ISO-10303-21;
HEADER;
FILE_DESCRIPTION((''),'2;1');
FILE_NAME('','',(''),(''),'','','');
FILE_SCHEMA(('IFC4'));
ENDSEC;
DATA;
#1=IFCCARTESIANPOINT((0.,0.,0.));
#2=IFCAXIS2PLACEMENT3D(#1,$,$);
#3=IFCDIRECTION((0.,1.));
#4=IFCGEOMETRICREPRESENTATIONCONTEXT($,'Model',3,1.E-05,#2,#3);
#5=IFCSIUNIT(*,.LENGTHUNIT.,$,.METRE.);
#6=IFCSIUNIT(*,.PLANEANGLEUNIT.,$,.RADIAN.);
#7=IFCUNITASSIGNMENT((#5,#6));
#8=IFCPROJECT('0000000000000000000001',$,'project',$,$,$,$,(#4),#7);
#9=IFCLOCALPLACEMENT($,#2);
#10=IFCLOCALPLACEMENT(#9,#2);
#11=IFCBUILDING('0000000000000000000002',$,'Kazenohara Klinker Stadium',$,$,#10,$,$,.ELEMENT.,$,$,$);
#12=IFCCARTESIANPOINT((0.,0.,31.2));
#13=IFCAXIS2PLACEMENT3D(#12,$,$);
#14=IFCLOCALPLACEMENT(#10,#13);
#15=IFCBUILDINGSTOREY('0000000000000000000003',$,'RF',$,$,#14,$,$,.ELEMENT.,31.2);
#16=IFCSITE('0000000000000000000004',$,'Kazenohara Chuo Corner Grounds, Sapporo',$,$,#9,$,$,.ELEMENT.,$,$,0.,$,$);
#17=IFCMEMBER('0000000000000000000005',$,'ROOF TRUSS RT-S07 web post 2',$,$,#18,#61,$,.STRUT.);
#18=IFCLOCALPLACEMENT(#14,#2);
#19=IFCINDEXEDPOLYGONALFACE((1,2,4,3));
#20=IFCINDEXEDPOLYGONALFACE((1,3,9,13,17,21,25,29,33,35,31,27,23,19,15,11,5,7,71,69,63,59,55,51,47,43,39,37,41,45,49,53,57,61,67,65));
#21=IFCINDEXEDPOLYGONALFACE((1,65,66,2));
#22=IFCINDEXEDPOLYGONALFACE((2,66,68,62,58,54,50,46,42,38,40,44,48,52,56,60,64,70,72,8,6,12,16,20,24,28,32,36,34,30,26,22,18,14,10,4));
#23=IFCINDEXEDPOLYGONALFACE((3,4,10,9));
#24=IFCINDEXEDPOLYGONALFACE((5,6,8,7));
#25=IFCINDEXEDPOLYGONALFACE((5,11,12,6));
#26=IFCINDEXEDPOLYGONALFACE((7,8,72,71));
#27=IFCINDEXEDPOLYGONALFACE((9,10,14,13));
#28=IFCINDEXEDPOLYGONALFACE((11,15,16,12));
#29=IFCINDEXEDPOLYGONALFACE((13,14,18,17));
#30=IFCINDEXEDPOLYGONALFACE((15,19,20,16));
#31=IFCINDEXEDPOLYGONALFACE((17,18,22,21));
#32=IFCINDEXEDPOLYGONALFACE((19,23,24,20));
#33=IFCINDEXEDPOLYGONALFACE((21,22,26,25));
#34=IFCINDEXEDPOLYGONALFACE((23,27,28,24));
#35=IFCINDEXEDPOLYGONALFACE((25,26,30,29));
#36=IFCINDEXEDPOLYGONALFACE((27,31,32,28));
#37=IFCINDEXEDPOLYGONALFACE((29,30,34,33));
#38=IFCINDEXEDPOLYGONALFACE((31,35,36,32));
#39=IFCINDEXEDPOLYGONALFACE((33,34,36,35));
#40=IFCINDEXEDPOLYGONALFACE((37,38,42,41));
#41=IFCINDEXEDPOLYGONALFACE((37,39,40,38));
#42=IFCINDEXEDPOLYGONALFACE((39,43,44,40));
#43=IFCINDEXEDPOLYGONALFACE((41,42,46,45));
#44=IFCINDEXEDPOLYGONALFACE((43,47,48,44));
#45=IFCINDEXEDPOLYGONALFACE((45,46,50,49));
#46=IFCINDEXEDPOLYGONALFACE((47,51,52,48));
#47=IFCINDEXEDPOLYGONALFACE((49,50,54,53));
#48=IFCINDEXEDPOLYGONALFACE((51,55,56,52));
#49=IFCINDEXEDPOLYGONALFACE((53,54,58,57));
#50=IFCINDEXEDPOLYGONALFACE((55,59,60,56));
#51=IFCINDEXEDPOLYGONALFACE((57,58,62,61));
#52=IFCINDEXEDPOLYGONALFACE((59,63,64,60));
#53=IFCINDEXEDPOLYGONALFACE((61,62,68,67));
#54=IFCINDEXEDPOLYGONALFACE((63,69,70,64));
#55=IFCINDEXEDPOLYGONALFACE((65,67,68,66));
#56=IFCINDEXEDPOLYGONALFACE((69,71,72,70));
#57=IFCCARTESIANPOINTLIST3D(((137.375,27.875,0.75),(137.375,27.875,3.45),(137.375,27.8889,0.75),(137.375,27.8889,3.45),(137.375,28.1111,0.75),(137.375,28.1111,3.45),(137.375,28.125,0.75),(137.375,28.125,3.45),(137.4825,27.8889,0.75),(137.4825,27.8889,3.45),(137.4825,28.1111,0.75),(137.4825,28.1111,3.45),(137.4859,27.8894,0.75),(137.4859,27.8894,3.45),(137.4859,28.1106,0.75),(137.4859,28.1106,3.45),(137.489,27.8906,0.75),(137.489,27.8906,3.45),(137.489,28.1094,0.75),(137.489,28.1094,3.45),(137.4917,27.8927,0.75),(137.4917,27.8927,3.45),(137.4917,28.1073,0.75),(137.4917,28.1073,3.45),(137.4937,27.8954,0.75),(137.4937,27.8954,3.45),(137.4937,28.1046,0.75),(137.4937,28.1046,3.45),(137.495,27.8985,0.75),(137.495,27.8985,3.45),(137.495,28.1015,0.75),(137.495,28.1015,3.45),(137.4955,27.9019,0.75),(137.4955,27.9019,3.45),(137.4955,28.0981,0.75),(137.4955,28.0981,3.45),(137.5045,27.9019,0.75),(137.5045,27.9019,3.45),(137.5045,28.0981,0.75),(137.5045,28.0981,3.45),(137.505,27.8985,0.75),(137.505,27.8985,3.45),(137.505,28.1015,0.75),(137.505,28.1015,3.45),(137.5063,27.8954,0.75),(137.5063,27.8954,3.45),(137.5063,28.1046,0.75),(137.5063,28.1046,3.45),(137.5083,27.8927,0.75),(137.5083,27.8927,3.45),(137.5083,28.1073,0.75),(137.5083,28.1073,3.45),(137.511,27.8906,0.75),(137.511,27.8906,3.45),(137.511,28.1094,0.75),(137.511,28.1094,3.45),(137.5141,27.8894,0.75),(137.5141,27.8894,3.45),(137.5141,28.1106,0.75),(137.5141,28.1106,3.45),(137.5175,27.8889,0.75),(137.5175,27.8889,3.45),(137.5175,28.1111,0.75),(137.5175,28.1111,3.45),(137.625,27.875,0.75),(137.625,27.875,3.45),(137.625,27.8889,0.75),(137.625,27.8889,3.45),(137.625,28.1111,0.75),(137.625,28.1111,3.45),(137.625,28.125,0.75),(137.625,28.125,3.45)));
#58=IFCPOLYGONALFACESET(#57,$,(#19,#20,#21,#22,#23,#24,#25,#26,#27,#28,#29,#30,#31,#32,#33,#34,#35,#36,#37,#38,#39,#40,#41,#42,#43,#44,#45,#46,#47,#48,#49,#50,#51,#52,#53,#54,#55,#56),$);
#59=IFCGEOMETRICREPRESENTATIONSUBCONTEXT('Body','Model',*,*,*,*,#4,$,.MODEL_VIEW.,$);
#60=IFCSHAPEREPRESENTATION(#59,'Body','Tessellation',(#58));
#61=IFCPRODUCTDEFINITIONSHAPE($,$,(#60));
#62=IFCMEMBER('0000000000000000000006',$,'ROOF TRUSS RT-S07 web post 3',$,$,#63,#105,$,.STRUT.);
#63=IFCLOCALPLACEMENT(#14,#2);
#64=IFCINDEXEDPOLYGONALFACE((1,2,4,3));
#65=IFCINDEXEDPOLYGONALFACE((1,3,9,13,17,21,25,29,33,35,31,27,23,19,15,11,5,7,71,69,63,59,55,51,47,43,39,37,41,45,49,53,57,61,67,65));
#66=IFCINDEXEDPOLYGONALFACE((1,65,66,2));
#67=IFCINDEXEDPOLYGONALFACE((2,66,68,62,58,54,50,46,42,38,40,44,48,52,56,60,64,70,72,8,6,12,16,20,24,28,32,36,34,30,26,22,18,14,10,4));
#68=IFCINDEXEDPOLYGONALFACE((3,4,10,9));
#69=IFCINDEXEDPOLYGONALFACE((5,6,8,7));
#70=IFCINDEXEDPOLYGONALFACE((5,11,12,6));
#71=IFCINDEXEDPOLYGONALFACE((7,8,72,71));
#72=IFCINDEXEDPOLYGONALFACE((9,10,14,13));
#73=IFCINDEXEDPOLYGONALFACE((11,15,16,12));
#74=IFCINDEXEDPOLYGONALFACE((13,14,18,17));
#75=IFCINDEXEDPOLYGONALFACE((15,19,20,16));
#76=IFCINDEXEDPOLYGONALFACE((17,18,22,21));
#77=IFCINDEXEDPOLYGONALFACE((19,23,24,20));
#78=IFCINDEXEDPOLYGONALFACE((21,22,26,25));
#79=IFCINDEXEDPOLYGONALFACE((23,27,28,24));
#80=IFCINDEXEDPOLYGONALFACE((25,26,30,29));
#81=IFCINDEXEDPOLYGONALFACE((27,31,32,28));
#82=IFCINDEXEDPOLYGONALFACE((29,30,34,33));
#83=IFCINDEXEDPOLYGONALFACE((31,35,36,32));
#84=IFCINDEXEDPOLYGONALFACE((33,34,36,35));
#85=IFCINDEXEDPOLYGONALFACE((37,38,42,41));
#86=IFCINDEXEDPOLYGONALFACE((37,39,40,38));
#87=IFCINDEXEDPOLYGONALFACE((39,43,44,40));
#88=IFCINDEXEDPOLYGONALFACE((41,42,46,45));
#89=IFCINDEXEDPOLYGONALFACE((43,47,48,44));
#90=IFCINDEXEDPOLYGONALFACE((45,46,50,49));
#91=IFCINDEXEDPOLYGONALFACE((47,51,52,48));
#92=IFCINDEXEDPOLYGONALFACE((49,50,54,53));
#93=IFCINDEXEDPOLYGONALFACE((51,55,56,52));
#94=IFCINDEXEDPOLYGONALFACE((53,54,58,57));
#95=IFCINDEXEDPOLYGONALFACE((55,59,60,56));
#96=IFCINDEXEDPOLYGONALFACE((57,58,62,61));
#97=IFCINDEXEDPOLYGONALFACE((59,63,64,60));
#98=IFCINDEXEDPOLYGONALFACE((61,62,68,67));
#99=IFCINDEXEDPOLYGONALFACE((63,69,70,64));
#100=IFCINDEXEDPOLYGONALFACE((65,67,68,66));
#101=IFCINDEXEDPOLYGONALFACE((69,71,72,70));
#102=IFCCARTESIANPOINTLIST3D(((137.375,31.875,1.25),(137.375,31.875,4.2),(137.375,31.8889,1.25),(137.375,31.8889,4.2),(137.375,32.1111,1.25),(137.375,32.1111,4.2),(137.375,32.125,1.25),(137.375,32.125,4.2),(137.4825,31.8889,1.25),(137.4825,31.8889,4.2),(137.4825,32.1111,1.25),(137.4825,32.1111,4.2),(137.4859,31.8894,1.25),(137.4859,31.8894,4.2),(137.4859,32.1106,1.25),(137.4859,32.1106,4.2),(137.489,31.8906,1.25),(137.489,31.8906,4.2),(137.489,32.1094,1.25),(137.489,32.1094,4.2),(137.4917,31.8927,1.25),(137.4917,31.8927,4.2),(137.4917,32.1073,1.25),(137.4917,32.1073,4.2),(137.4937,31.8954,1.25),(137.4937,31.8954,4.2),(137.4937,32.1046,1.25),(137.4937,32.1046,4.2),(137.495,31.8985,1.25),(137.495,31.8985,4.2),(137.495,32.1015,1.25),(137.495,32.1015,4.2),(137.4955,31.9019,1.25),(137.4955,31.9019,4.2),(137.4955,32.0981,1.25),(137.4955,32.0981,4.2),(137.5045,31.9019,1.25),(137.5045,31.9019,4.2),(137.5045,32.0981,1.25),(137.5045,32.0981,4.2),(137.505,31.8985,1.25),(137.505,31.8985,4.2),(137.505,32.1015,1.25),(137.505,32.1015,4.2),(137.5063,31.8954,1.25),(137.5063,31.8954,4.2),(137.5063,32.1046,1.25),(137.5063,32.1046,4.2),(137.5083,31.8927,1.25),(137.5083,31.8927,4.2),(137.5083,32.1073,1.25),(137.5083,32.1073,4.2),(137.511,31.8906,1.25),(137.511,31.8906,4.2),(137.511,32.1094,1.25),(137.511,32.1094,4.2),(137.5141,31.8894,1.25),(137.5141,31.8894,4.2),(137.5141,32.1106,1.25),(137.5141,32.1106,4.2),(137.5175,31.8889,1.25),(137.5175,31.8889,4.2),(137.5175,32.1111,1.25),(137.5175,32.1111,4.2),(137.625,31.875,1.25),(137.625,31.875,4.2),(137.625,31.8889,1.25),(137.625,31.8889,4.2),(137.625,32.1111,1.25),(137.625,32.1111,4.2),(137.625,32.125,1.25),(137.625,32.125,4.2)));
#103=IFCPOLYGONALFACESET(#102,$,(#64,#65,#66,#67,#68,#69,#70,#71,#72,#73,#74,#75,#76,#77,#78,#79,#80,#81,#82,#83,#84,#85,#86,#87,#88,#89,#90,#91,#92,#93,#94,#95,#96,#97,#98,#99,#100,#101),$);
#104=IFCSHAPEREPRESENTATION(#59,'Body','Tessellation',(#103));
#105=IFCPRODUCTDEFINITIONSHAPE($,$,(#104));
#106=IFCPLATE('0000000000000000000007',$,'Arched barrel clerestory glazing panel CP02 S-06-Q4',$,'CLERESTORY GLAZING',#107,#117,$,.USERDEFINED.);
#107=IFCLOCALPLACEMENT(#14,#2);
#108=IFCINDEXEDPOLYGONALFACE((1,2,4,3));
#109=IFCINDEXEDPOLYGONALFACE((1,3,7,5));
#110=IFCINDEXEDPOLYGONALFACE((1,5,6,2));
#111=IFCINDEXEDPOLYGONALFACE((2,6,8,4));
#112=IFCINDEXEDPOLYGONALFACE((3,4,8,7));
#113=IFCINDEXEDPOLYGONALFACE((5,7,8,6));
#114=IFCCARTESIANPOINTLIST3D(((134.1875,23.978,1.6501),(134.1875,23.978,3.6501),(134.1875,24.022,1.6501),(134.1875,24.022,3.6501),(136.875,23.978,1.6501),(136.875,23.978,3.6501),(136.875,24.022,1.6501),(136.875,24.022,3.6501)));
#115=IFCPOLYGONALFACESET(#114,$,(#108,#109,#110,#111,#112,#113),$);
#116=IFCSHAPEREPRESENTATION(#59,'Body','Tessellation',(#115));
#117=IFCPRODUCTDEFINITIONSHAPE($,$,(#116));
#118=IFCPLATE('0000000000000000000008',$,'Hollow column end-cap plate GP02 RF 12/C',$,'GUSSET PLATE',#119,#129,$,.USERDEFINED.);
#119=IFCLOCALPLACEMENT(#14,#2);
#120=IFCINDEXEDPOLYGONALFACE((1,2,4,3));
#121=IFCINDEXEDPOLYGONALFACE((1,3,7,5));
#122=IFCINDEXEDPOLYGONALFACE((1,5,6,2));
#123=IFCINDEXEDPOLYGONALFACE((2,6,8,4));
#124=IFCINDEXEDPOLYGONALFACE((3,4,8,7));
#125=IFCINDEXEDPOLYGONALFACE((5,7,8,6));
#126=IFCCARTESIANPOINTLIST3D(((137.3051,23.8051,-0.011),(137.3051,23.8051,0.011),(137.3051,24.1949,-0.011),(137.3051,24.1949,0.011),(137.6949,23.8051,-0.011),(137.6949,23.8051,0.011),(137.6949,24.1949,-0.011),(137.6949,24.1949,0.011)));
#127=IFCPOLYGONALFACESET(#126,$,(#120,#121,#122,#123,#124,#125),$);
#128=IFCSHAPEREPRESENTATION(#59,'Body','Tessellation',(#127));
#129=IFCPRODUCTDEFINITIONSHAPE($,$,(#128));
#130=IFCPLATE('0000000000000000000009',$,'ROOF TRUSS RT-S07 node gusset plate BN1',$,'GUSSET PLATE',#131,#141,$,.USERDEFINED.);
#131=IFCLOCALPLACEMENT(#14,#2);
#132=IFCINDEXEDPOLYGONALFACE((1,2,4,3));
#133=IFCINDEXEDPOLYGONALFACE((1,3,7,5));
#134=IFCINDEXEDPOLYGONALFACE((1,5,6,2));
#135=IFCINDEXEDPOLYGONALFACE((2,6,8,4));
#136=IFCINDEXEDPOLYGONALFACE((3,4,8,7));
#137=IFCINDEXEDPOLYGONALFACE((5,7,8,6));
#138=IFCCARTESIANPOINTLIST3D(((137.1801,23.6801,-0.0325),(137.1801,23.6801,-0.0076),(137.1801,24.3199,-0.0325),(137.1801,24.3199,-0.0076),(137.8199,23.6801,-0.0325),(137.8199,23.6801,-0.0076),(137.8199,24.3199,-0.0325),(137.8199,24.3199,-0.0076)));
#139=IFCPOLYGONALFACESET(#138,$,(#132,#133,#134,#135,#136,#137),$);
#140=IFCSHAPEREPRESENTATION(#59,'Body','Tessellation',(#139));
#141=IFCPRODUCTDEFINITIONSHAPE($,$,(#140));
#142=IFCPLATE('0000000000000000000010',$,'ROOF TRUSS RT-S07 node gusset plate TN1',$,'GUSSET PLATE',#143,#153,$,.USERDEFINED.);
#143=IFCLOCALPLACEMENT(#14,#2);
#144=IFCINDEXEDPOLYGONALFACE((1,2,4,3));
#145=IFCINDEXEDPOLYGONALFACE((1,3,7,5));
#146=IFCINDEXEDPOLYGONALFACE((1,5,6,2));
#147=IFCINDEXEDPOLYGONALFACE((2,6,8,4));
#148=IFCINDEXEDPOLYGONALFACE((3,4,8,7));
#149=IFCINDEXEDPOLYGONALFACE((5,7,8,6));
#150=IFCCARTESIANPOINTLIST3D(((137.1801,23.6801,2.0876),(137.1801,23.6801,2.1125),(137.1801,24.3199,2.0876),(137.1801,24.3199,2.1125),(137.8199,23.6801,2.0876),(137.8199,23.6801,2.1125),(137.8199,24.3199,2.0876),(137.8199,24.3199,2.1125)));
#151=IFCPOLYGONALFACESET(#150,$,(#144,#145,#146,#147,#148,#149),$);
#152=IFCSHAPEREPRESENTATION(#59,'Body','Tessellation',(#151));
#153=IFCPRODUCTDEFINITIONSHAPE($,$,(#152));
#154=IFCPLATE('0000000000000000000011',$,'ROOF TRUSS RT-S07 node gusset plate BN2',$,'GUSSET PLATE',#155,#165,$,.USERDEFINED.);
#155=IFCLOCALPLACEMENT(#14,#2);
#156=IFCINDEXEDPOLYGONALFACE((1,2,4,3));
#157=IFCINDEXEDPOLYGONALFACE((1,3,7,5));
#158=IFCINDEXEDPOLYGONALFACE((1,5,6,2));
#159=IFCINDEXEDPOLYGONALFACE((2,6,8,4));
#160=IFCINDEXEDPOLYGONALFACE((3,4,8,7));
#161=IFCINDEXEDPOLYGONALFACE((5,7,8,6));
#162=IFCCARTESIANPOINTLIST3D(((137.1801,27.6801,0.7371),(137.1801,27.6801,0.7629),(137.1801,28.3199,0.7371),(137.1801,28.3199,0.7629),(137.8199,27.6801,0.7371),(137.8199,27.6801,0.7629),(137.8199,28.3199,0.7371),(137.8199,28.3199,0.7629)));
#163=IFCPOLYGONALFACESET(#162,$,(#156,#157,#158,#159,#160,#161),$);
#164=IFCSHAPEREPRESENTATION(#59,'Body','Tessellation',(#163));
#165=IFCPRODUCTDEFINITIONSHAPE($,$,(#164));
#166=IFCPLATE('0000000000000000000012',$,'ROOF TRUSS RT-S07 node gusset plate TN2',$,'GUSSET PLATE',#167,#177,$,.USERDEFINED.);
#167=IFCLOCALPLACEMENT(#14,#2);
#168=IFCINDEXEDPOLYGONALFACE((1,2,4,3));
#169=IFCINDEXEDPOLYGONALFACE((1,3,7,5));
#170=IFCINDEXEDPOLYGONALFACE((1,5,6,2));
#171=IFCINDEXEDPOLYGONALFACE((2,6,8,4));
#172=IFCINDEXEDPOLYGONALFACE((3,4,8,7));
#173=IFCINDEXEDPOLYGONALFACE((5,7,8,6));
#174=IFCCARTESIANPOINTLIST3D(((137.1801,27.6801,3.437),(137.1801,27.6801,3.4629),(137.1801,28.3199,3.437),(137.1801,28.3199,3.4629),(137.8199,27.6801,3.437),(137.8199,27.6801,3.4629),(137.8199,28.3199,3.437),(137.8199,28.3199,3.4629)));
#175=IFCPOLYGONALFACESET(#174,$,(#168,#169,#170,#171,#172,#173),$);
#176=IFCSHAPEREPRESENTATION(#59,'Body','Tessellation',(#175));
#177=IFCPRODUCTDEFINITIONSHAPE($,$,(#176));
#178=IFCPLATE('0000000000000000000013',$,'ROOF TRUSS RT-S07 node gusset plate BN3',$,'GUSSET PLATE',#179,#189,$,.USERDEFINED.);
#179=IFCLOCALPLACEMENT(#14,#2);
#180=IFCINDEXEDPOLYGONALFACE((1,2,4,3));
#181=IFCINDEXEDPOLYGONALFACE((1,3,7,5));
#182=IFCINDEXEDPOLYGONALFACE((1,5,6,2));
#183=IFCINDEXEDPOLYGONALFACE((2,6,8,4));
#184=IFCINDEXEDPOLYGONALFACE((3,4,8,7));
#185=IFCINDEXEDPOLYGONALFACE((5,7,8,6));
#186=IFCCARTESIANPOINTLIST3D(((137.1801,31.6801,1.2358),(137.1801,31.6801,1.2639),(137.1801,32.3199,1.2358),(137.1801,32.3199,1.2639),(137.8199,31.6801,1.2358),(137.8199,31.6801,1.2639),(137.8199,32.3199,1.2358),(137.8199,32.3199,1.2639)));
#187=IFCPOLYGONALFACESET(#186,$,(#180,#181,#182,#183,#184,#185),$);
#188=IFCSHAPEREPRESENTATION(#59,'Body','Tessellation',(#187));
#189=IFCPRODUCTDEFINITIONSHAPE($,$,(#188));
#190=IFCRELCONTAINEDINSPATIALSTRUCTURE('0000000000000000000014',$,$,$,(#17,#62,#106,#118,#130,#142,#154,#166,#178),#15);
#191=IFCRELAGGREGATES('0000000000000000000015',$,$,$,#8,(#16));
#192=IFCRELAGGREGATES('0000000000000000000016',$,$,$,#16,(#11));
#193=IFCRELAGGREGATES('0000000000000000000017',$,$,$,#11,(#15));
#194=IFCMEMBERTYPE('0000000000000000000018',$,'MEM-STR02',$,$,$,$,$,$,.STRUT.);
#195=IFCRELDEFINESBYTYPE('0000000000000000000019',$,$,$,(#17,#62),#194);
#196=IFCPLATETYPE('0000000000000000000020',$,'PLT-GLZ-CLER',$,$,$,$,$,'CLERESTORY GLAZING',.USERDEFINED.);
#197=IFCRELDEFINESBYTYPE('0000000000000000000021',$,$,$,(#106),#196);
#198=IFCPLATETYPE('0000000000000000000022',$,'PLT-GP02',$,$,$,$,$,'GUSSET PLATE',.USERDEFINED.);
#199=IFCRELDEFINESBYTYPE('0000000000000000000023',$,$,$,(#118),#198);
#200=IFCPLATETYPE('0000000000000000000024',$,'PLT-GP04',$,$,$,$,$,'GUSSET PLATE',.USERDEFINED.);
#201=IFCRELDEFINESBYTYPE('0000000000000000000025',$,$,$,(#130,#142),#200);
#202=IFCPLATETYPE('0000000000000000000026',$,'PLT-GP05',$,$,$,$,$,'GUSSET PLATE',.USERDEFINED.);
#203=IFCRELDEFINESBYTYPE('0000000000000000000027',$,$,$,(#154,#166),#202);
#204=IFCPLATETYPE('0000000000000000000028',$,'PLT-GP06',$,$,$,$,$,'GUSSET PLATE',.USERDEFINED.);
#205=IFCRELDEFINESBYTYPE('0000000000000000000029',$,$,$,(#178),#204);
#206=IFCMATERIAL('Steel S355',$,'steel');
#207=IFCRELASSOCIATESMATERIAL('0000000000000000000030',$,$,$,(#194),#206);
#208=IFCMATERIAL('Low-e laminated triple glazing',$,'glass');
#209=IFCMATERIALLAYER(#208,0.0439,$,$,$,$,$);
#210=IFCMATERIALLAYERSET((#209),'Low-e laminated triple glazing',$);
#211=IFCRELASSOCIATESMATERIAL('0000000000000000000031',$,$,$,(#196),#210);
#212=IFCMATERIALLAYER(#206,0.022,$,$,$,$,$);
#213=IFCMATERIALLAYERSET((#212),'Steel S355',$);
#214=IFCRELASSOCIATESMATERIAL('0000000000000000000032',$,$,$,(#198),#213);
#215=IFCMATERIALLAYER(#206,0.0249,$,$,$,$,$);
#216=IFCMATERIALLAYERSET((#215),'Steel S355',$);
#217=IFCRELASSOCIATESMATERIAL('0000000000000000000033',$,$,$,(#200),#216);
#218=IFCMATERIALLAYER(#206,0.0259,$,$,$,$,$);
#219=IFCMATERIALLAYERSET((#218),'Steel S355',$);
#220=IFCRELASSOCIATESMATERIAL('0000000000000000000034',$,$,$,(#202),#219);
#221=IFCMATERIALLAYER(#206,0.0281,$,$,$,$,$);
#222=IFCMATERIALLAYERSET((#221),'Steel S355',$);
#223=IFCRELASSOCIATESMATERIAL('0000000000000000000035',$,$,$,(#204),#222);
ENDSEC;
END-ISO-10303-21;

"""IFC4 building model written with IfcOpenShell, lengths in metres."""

from ifc_helpers import new_model, si_unit, direction, frame, origin, origin_2d, place, context, subcontext, project, spatial, rectangle, i_section, extrude, material, layer, layer_set, material_profile, profile_set, type_object, element, save


model = new_model("IFC4")

# Units and contexts
model_context = context("Model", 3, precision=1e-05, world=origin(), true_north=direction((0.0, 1.0)))
body_context = subcontext(model_context, "Body", "Model", "MODEL_VIEW")
ifc_project = project(units=[si_unit("LENGTHUNIT", "METRE"), si_unit("PLANEANGLEUNIT", "RADIAN")], contexts=[model_context])

# Site, building, storey
site_placement = place(None, origin())
site = spatial("IfcSite", under=ifc_project, at=site_placement, Name="Kazenohara Chuo Corner Grounds, Sapporo", CompositionType="ELEMENT", RefElevation=0.0)
building_placement = place(site_placement, origin())
building = spatial("IfcBuilding", under=site, at=building_placement, Name="Kazenohara Klinker Stadium", CompositionType="ELEMENT")
storey_placement = place(building_placement, frame((0.0, 0.0, 31.2)))
storey = spatial("IfcBuildingStorey", under=building, at=storey_placement, Name="RF", CompositionType="ELEMENT", Elevation=31.2)

# Members
ifc_material_1 = material(Name="Steel S355", Category="steel")
ifc_material_profile_1 = material_profile(ifc_material_1, i_section(OverallWidth=0.25, OverallDepth=0.25, WebThickness=0.009, FlangeThickness=0.0139, FilletRadius=0.0129, at=origin_2d()), Name="H-250x250x9x14")
ifc_profile_set_1 = profile_set([ifc_material_profile_1], Name="Steel S355")
member_type_1 = type_object("IfcMemberType", Name="MEM-STR02", PredefinedType="STRUT", material=ifc_profile_set_1)
member_1_placement = place(storey_placement, frame((137.5, 28.0, 0.75), z_axis=(0.0, 0.0, 1.0), x_axis=(1.0, 0.0, 0.0)))
element("IfcMember", 1, at=member_1_placement, inside=storey, type_object=member_type_1, Name="ROOF TRUSS RT-S07 web post 2", PredefinedType="STRUT", context=body_context, shape_type="SweptSolid", body=[
    extrude(i_section(OverallWidth=0.25, OverallDepth=0.25, WebThickness=0.009, FlangeThickness=0.0139, FilletRadius=0.0129, at=origin_2d()), origin(), (0.0, 0.0, 1.0), 2.7),
])
member_2_placement = place(storey_placement, frame((137.5, 32.0, 1.25), z_axis=(0.0, 0.0, 1.0), x_axis=(1.0, 0.0, 0.0)))
element("IfcMember", 2, at=member_2_placement, inside=storey, type_object=member_type_1, Name="ROOF TRUSS RT-S07 web post 3", PredefinedType="STRUT", context=body_context, shape_type="SweptSolid", body=[
    extrude(i_section(OverallWidth=0.25, OverallDepth=0.25, WebThickness=0.009, FlangeThickness=0.0139, FilletRadius=0.0129, at=origin_2d()), origin(), (0.0, 0.0, 1.0), 2.95),
])

# Plates
ifc_material_2 = material(Name="Low-e laminated triple glazing", Category="glass")
ifc_layer_1 = layer(ifc_material_2, 0.0439)
ifc_layer_set_1 = layer_set([ifc_layer_1], Name="Low-e laminated triple glazing")
plate_type_1 = type_object("IfcPlateType", Name="PLT-GLZ-CLER", ElementType="CLERESTORY GLAZING", PredefinedType="USERDEFINED", material=ifc_layer_set_1)
plate_1_placement = place(storey_placement, frame((135.5312, 24.0, 1.6501), z_axis=(0.0, 0.0, 1.0), x_axis=(1.0, 0.0, 0.0)))
element("IfcPlate", 3, at=plate_1_placement, inside=storey, type_object=plate_type_1, Name="Arched barrel clerestory glazing panel CP02 S-06-Q4", ObjectType="CLERESTORY GLAZING", PredefinedType="USERDEFINED", context=body_context, shape_type="SweptSolid", body=[
    extrude(rectangle(XDim=2.6875, YDim=0.0439, at=origin_2d()), origin(), (0.0, 0.0, 1.0), 2.0),
])
ifc_layer_2 = layer(ifc_material_1, 0.022)
ifc_layer_set_2 = layer_set([ifc_layer_2], Name="Steel S355")
plate_type_2 = type_object("IfcPlateType", Name="PLT-GP02", ElementType="GUSSET PLATE", PredefinedType="USERDEFINED", material=ifc_layer_set_2)
plate_2_placement = place(storey_placement, frame((137.5, 24.0, -0.011), z_axis=(0.0, 0.0, 1.0), x_axis=(1.0, 0.0, 0.0)))
element("IfcPlate", 4, at=plate_2_placement, inside=storey, type_object=plate_type_2, Name="Hollow column end-cap plate GP02 RF 12/C", ObjectType="GUSSET PLATE", PredefinedType="USERDEFINED", context=body_context, shape_type="SweptSolid", body=[
    extrude(rectangle(XDim=0.3899, YDim=0.3899, at=origin_2d()), origin(), (0.0, 0.0, 1.0), 0.022),
])
ifc_layer_3 = layer(ifc_material_1, 0.0249)
ifc_layer_set_3 = layer_set([ifc_layer_3], Name="Steel S355")
plate_type_3 = type_object("IfcPlateType", Name="PLT-GP04", ElementType="GUSSET PLATE", PredefinedType="USERDEFINED", material=ifc_layer_set_3)
for number, where, z_axis, x_axis, name in (
    (5, (137.5, 24.0, -0.0325), (0.0, 0.0, 1.0), (1.0, 0.0, 0.0), "ROOF TRUSS RT-S07 node gusset plate BN1"),
    (6, (137.5, 24.0, 2.0876), (0.0, 0.0, 1.0), (1.0, 0.0, 0.0), "ROOF TRUSS RT-S07 node gusset plate TN1"),
):
    element("IfcPlate", number, at=place(storey_placement, frame(where, z_axis=z_axis, x_axis=x_axis)), inside=storey, type_object=plate_type_3, Name=name, ObjectType="GUSSET PLATE", PredefinedType="USERDEFINED", context=body_context, shape_type="SweptSolid", body=[
        extrude(rectangle(XDim=0.6399, YDim=0.6399, at=origin_2d()), origin(), (0.0, 0.0, 1.0), 0.0249),
    ])
ifc_layer_4 = layer(ifc_material_1, 0.0259)
ifc_layer_set_4 = layer_set([ifc_layer_4], Name="Steel S355")
plate_type_4 = type_object("IfcPlateType", Name="PLT-GP05", ElementType="GUSSET PLATE", PredefinedType="USERDEFINED", material=ifc_layer_set_4)
for number, where, z_axis, x_axis, name in (
    (7, (137.5, 28.0, 0.7371), (0.0, 0.0, 1.0), (1.0, 0.0, 0.0), "ROOF TRUSS RT-S07 node gusset plate BN2"),
    (8, (137.5, 28.0, 3.437), (0.0, 0.0, 1.0), (1.0, 0.0, 0.0), "ROOF TRUSS RT-S07 node gusset plate TN2"),
):
    element("IfcPlate", number, at=place(storey_placement, frame(where, z_axis=z_axis, x_axis=x_axis)), inside=storey, type_object=plate_type_4, Name=name, ObjectType="GUSSET PLATE", PredefinedType="USERDEFINED", context=body_context, shape_type="SweptSolid", body=[
        extrude(rectangle(XDim=0.6399, YDim=0.6399, at=origin_2d()), origin(), (0.0, 0.0, 1.0), 0.0259),
    ])
ifc_layer_5 = layer(ifc_material_1, 0.0281)
ifc_layer_set_5 = layer_set([ifc_layer_5], Name="Steel S355")
plate_type_5 = type_object("IfcPlateType", Name="PLT-GP06", ElementType="GUSSET PLATE", PredefinedType="USERDEFINED", material=ifc_layer_set_5)
for number, where, z_axis, x_axis, name in (
    (9, (137.5, 32.0, 1.2358), (0.0, 0.0, 1.0), (1.0, 0.0, 0.0), "ROOF TRUSS RT-S07 node gusset plate BN3"),
):
    element("IfcPlate", number, at=place(storey_placement, frame(where, z_axis=z_axis, x_axis=x_axis)), inside=storey, type_object=plate_type_5, Name=name, ObjectType="GUSSET PLATE", PredefinedType="USERDEFINED", context=body_context, shape_type="SweptSolid", body=[
        extrude(rectangle(XDim=0.6399, YDim=0.6399, at=origin_2d()), origin(), (0.0, 0.0, 1.0), 0.0281),
    ])

save(model, "model.ifc")
